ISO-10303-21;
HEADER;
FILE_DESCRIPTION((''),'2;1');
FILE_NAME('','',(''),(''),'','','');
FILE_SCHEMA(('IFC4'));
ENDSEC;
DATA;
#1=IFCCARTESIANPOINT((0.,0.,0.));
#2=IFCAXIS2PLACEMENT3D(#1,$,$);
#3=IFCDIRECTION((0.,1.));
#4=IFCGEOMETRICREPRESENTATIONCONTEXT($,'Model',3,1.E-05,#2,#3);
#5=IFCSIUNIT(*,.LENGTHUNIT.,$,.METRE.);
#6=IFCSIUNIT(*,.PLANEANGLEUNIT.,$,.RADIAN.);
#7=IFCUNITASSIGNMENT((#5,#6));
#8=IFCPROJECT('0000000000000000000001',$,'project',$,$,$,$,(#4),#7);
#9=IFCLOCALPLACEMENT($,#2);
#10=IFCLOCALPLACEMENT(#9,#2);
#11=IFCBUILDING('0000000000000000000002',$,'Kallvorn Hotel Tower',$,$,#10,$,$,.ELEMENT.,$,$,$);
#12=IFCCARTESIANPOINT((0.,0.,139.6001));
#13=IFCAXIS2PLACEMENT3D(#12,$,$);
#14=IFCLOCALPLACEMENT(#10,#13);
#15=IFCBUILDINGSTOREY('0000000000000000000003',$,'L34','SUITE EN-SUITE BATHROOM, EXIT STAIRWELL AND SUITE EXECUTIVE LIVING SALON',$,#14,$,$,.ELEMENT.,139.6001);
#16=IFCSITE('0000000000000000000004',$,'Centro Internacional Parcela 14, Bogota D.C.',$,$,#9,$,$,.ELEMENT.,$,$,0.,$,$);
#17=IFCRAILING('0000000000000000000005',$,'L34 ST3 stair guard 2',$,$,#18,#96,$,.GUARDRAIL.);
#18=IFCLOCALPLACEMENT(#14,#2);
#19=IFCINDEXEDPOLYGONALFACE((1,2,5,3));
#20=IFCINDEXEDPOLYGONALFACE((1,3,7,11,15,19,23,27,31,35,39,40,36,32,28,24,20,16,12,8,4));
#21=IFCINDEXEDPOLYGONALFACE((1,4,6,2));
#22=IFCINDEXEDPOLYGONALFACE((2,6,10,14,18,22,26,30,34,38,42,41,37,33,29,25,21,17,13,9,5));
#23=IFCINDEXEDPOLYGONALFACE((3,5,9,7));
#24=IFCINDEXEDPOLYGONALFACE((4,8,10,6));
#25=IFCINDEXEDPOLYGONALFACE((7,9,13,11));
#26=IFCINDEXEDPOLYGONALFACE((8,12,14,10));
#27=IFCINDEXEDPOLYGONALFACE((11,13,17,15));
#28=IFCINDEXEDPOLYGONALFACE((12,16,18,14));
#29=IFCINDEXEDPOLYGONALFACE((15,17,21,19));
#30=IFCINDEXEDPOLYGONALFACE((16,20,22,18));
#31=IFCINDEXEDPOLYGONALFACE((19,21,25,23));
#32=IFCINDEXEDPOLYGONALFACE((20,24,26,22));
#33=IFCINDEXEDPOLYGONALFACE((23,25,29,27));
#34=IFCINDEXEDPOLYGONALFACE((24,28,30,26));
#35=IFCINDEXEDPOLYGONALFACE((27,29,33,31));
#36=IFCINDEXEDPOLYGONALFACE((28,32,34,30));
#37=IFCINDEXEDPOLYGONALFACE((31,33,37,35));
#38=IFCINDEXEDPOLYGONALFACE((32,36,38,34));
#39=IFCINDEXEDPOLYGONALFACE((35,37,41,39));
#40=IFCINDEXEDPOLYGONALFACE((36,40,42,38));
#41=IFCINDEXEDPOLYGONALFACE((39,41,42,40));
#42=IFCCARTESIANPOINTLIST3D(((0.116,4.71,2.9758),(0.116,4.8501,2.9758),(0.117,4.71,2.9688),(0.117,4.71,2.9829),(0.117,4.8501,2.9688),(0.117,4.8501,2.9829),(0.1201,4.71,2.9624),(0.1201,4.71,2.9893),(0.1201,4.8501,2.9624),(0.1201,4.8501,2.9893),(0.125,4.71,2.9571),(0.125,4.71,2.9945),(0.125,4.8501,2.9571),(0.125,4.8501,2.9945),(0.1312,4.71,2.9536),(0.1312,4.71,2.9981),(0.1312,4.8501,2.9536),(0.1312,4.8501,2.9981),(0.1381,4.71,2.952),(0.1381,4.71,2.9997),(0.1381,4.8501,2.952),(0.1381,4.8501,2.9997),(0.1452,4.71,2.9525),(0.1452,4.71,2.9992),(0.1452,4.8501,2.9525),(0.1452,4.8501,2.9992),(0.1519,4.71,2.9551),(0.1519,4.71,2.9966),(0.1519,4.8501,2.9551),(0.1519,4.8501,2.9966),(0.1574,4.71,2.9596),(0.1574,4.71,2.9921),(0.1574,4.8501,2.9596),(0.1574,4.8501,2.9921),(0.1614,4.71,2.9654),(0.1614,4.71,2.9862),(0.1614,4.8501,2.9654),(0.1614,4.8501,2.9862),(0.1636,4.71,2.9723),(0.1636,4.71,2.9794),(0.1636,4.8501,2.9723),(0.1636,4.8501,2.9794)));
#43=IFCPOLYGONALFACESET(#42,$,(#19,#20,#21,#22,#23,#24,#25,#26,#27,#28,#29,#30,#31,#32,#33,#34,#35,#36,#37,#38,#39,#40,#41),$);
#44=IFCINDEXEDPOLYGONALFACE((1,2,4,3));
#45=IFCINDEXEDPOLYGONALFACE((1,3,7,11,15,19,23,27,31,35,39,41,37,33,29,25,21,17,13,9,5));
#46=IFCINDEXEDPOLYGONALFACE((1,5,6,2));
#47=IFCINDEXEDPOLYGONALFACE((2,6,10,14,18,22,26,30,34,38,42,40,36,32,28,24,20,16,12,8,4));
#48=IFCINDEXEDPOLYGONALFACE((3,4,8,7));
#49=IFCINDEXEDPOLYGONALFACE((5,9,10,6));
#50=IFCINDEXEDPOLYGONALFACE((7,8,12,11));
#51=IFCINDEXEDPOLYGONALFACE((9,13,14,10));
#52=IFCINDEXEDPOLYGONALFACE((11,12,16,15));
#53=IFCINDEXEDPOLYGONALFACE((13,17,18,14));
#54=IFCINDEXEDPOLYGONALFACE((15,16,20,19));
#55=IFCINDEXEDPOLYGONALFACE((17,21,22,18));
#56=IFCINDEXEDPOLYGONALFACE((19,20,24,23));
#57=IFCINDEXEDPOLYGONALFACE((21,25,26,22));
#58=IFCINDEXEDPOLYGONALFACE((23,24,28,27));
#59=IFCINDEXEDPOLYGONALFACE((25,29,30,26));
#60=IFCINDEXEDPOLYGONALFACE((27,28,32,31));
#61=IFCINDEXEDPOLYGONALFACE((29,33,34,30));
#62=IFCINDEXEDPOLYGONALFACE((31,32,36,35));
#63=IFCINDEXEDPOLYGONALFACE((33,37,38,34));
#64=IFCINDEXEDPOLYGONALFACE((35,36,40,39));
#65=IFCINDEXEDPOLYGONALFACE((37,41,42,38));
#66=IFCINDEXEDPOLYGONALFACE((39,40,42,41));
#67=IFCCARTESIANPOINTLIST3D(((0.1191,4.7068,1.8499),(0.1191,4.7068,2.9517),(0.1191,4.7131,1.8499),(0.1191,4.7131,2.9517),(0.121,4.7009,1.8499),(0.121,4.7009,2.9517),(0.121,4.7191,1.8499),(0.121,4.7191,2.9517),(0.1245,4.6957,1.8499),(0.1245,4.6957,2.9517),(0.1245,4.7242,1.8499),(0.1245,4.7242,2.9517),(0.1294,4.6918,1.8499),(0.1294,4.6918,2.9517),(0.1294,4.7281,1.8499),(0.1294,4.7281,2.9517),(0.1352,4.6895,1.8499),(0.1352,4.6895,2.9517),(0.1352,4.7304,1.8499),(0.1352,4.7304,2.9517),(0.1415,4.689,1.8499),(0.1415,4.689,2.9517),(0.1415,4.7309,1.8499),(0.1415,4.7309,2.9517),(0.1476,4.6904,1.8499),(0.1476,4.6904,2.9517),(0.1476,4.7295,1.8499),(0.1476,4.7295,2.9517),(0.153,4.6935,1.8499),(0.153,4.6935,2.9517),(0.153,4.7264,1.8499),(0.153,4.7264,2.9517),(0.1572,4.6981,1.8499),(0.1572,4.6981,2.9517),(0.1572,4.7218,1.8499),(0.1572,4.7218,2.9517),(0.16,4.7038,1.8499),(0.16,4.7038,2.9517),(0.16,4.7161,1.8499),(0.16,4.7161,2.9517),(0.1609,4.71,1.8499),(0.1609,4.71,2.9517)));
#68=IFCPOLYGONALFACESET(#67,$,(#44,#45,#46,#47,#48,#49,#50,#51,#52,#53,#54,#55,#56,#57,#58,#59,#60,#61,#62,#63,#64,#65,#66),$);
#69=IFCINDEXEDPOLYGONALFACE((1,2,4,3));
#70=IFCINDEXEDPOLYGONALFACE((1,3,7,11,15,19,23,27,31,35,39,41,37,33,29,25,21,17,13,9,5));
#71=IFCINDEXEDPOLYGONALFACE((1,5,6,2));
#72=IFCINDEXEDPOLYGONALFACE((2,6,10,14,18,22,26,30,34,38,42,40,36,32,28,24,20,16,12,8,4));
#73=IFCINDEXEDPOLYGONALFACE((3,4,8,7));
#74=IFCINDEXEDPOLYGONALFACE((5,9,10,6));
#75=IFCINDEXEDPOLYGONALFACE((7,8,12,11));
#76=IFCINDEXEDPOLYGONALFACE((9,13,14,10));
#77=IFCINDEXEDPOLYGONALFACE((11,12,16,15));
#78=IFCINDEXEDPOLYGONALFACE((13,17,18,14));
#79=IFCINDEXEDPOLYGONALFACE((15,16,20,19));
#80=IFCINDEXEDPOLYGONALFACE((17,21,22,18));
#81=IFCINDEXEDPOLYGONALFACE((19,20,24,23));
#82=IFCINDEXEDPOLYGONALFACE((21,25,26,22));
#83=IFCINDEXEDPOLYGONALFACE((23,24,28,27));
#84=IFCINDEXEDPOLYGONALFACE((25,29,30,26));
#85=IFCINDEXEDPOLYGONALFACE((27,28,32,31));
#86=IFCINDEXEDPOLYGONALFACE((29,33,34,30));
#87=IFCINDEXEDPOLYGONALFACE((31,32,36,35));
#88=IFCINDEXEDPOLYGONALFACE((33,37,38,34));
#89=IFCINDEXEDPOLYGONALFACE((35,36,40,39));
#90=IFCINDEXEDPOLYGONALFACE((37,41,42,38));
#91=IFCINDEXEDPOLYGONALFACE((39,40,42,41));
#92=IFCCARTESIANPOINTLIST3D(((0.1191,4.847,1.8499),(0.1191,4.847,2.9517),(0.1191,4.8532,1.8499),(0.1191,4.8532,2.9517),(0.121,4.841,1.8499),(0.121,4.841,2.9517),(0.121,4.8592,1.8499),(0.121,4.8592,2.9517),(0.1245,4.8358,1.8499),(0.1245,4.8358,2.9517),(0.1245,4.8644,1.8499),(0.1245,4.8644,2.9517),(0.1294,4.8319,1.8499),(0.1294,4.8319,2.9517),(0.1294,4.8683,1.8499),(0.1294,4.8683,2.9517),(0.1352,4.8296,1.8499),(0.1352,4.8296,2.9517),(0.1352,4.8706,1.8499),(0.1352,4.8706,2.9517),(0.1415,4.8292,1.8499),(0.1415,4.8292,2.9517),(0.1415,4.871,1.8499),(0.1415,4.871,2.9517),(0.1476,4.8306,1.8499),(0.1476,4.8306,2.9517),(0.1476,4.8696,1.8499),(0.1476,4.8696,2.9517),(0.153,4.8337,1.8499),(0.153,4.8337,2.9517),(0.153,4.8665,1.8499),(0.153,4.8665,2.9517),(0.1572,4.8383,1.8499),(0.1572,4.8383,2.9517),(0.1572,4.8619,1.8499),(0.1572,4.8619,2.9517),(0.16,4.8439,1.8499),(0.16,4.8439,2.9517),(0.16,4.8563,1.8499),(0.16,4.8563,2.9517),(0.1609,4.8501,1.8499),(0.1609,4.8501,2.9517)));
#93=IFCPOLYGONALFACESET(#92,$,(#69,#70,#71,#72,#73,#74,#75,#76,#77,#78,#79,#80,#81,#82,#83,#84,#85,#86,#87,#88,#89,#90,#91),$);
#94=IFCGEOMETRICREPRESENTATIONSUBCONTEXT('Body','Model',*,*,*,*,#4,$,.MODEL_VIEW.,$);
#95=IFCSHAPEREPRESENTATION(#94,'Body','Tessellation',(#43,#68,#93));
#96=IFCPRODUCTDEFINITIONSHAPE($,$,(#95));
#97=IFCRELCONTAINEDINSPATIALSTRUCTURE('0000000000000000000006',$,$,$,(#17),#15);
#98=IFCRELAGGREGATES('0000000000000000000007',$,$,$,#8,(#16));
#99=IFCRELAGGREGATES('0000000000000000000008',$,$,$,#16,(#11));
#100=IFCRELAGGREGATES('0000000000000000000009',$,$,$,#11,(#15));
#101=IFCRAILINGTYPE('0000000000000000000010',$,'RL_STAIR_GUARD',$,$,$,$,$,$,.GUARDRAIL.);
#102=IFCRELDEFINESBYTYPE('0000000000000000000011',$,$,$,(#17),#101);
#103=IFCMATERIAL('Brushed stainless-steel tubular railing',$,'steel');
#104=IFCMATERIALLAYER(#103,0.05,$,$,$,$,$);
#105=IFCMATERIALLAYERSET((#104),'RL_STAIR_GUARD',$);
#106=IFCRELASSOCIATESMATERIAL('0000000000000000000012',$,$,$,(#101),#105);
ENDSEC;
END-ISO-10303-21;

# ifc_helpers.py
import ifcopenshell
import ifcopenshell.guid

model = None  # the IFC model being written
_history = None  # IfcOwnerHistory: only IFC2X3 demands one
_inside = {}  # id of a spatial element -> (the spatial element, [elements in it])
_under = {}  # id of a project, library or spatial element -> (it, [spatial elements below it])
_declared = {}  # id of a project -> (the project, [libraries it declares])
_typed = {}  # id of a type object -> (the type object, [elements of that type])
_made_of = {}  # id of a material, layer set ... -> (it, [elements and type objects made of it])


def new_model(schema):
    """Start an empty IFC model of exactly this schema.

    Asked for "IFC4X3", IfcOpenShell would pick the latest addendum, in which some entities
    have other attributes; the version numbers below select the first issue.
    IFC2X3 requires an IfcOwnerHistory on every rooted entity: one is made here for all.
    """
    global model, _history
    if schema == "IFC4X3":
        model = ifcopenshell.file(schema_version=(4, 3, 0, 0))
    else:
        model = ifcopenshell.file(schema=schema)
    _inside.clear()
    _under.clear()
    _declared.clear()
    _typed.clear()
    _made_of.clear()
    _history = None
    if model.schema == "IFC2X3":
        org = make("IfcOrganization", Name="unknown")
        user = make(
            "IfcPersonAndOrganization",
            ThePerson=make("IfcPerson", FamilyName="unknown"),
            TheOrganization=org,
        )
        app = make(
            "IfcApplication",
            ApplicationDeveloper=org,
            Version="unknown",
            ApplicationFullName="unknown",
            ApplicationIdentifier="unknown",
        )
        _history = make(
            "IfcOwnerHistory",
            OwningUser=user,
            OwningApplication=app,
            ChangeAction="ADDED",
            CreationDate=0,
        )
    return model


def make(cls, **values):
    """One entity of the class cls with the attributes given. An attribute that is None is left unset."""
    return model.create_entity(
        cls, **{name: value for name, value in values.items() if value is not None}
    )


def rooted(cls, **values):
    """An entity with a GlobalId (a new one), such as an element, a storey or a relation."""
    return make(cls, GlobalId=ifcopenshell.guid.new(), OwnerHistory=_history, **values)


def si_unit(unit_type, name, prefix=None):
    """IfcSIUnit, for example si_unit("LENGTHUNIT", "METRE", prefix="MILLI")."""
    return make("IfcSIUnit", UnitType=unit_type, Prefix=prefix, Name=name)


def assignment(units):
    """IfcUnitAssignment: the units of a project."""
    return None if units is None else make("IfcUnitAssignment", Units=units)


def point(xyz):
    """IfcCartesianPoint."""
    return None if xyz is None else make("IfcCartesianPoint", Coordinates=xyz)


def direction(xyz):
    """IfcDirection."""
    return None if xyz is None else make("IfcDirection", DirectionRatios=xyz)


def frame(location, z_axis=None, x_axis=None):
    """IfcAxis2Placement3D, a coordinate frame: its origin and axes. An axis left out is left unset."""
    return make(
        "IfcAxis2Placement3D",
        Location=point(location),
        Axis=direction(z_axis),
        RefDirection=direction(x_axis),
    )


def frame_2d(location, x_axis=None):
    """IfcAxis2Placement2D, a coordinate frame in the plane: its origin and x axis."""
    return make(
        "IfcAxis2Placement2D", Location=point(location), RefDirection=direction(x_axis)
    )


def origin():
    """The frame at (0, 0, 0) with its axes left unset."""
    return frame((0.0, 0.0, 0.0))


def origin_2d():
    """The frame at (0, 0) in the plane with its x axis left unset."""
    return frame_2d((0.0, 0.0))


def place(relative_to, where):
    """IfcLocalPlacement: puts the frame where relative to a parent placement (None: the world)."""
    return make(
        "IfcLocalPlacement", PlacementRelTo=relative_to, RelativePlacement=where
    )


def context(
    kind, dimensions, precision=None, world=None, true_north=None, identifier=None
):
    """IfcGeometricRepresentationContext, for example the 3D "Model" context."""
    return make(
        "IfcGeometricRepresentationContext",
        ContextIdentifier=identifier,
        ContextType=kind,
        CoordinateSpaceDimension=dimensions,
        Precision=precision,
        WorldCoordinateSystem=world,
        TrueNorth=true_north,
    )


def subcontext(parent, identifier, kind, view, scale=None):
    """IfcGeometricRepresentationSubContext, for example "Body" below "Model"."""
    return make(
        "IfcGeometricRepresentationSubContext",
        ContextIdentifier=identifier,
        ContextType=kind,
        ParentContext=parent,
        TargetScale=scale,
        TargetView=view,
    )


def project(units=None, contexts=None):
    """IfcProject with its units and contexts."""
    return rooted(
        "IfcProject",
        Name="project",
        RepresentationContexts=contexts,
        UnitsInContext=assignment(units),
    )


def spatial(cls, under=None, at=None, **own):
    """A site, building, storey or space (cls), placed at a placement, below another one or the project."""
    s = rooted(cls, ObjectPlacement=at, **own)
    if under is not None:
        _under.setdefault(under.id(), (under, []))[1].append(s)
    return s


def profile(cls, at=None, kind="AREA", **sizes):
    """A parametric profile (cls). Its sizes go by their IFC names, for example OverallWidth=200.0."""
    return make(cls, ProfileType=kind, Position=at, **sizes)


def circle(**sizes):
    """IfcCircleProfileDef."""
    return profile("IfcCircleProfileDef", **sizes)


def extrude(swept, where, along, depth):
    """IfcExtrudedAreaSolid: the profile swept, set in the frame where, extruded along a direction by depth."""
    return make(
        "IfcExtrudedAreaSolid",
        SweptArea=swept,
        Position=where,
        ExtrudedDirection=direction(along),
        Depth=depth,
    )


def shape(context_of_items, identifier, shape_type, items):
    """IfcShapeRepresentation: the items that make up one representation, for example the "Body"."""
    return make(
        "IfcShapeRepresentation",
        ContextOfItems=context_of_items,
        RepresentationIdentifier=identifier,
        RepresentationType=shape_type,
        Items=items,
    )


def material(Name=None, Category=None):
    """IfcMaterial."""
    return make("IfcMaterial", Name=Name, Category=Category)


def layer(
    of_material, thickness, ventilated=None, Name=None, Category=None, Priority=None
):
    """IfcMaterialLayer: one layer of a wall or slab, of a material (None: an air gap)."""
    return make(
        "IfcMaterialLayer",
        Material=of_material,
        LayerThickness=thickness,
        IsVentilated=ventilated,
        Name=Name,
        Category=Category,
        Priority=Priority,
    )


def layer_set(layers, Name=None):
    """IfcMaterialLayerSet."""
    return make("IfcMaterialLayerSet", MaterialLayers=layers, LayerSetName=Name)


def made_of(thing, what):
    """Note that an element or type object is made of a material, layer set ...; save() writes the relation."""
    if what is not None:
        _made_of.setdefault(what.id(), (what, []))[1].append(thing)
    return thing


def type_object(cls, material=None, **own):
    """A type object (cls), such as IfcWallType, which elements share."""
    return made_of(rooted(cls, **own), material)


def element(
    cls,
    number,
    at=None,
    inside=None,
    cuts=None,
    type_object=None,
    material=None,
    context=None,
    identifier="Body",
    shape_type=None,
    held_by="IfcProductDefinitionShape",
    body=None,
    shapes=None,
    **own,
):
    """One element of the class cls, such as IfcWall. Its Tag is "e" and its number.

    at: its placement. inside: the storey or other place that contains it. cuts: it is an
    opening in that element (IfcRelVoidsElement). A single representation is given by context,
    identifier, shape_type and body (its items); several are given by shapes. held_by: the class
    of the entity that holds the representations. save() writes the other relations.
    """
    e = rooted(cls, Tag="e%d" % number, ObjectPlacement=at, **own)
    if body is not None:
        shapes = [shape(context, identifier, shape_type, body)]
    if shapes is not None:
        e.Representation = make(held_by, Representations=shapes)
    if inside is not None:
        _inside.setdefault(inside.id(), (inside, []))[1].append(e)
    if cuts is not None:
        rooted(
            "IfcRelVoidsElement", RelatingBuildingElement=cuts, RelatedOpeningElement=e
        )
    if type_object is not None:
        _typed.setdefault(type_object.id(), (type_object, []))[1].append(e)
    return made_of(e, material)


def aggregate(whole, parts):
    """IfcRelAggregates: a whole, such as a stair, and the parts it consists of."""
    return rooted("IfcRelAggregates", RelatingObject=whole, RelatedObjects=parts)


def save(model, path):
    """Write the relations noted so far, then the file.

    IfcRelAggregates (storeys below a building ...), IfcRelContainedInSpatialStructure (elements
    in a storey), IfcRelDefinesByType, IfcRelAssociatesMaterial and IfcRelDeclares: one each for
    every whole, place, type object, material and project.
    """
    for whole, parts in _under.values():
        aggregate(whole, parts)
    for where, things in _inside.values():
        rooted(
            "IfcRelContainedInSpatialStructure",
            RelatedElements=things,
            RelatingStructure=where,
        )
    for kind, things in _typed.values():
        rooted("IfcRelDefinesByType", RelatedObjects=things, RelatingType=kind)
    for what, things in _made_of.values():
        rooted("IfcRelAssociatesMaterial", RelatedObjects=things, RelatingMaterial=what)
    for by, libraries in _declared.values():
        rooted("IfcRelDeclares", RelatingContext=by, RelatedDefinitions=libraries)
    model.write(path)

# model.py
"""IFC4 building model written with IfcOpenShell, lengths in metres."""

from ifc_helpers import new_model, si_unit, direction, frame, origin, origin_2d, place, context, subcontext, project, spatial, circle, extrude, material, layer, layer_set, type_object, element, save


model = new_model("IFC4")

# Units and contexts
model_context = context("Model", 3, precision=1e-05, world=origin(), true_north=direction((0.0, 1.0)))
body_context = subcontext(model_context, "Body", "Model", "MODEL_VIEW")
ifc_project = project(units=[si_unit("LENGTHUNIT", "METRE"), si_unit("PLANEANGLEUNIT", "RADIAN")], contexts=[model_context])

# Site, building, storey
site_placement = place(None, origin())
site = spatial("IfcSite", under=ifc_project, at=site_placement, Name="Centro Internacional Parcela 14, Bogota D.C.", CompositionType="ELEMENT", RefElevation=0.0)
building_placement = place(site_placement, origin())
building = spatial("IfcBuilding", under=site, at=building_placement, Name="Kallvorn Hotel Tower", CompositionType="ELEMENT")
storey_placement = place(building_placement, frame((0.0, 0.0, 139.6001)))
storey = spatial("IfcBuildingStorey", under=building, at=storey_placement, Name="L34", Description="SUITE EN-SUITE BATHROOM, EXIT STAIRWELL AND SUITE EXECUTIVE LIVING SALON", CompositionType="ELEMENT", Elevation=139.6001)

# Railing
ifc_material_1 = material(Name="Brushed stainless-steel tubular railing", Category="steel")
ifc_layer_1 = layer(ifc_material_1, 0.05)
ifc_layer_set_1 = layer_set([ifc_layer_1], Name="RL_STAIR_GUARD")
railing_type_1 = type_object("IfcRailingType", Name="RL_STAIR_GUARD", PredefinedType="GUARDRAIL", material=ifc_layer_set_1)
railing_1_placement = place(storey_placement, frame((0.1399, 4.71, 1.8499)))
element("IfcRailing", 1, at=railing_1_placement, inside=storey, type_object=railing_type_1, Name="L34 ST3 stair guard 2", PredefinedType="GUARDRAIL", context=body_context, shape_type="SweptSolid", body=[
    extrude(circle(Radius=0.0239, at=origin_2d()), frame((0.0, 0.0, 1.126), z_axis=(0.0, 1.0, 0.0), x_axis=(-1.0, 0.0, 0.0)), (0.0, 0.0, 1.0), 0.1401),
    extrude(circle(Radius=0.021, at=origin_2d()), origin(), (0.0, 0.0, 1.0), 1.1018),
    extrude(circle(Radius=0.021, at=origin_2d()), frame((0.0, 0.1401, 0.0)), (0.0, 0.0, 1.0), 1.1018),
])

save(model, "model.ifc")
